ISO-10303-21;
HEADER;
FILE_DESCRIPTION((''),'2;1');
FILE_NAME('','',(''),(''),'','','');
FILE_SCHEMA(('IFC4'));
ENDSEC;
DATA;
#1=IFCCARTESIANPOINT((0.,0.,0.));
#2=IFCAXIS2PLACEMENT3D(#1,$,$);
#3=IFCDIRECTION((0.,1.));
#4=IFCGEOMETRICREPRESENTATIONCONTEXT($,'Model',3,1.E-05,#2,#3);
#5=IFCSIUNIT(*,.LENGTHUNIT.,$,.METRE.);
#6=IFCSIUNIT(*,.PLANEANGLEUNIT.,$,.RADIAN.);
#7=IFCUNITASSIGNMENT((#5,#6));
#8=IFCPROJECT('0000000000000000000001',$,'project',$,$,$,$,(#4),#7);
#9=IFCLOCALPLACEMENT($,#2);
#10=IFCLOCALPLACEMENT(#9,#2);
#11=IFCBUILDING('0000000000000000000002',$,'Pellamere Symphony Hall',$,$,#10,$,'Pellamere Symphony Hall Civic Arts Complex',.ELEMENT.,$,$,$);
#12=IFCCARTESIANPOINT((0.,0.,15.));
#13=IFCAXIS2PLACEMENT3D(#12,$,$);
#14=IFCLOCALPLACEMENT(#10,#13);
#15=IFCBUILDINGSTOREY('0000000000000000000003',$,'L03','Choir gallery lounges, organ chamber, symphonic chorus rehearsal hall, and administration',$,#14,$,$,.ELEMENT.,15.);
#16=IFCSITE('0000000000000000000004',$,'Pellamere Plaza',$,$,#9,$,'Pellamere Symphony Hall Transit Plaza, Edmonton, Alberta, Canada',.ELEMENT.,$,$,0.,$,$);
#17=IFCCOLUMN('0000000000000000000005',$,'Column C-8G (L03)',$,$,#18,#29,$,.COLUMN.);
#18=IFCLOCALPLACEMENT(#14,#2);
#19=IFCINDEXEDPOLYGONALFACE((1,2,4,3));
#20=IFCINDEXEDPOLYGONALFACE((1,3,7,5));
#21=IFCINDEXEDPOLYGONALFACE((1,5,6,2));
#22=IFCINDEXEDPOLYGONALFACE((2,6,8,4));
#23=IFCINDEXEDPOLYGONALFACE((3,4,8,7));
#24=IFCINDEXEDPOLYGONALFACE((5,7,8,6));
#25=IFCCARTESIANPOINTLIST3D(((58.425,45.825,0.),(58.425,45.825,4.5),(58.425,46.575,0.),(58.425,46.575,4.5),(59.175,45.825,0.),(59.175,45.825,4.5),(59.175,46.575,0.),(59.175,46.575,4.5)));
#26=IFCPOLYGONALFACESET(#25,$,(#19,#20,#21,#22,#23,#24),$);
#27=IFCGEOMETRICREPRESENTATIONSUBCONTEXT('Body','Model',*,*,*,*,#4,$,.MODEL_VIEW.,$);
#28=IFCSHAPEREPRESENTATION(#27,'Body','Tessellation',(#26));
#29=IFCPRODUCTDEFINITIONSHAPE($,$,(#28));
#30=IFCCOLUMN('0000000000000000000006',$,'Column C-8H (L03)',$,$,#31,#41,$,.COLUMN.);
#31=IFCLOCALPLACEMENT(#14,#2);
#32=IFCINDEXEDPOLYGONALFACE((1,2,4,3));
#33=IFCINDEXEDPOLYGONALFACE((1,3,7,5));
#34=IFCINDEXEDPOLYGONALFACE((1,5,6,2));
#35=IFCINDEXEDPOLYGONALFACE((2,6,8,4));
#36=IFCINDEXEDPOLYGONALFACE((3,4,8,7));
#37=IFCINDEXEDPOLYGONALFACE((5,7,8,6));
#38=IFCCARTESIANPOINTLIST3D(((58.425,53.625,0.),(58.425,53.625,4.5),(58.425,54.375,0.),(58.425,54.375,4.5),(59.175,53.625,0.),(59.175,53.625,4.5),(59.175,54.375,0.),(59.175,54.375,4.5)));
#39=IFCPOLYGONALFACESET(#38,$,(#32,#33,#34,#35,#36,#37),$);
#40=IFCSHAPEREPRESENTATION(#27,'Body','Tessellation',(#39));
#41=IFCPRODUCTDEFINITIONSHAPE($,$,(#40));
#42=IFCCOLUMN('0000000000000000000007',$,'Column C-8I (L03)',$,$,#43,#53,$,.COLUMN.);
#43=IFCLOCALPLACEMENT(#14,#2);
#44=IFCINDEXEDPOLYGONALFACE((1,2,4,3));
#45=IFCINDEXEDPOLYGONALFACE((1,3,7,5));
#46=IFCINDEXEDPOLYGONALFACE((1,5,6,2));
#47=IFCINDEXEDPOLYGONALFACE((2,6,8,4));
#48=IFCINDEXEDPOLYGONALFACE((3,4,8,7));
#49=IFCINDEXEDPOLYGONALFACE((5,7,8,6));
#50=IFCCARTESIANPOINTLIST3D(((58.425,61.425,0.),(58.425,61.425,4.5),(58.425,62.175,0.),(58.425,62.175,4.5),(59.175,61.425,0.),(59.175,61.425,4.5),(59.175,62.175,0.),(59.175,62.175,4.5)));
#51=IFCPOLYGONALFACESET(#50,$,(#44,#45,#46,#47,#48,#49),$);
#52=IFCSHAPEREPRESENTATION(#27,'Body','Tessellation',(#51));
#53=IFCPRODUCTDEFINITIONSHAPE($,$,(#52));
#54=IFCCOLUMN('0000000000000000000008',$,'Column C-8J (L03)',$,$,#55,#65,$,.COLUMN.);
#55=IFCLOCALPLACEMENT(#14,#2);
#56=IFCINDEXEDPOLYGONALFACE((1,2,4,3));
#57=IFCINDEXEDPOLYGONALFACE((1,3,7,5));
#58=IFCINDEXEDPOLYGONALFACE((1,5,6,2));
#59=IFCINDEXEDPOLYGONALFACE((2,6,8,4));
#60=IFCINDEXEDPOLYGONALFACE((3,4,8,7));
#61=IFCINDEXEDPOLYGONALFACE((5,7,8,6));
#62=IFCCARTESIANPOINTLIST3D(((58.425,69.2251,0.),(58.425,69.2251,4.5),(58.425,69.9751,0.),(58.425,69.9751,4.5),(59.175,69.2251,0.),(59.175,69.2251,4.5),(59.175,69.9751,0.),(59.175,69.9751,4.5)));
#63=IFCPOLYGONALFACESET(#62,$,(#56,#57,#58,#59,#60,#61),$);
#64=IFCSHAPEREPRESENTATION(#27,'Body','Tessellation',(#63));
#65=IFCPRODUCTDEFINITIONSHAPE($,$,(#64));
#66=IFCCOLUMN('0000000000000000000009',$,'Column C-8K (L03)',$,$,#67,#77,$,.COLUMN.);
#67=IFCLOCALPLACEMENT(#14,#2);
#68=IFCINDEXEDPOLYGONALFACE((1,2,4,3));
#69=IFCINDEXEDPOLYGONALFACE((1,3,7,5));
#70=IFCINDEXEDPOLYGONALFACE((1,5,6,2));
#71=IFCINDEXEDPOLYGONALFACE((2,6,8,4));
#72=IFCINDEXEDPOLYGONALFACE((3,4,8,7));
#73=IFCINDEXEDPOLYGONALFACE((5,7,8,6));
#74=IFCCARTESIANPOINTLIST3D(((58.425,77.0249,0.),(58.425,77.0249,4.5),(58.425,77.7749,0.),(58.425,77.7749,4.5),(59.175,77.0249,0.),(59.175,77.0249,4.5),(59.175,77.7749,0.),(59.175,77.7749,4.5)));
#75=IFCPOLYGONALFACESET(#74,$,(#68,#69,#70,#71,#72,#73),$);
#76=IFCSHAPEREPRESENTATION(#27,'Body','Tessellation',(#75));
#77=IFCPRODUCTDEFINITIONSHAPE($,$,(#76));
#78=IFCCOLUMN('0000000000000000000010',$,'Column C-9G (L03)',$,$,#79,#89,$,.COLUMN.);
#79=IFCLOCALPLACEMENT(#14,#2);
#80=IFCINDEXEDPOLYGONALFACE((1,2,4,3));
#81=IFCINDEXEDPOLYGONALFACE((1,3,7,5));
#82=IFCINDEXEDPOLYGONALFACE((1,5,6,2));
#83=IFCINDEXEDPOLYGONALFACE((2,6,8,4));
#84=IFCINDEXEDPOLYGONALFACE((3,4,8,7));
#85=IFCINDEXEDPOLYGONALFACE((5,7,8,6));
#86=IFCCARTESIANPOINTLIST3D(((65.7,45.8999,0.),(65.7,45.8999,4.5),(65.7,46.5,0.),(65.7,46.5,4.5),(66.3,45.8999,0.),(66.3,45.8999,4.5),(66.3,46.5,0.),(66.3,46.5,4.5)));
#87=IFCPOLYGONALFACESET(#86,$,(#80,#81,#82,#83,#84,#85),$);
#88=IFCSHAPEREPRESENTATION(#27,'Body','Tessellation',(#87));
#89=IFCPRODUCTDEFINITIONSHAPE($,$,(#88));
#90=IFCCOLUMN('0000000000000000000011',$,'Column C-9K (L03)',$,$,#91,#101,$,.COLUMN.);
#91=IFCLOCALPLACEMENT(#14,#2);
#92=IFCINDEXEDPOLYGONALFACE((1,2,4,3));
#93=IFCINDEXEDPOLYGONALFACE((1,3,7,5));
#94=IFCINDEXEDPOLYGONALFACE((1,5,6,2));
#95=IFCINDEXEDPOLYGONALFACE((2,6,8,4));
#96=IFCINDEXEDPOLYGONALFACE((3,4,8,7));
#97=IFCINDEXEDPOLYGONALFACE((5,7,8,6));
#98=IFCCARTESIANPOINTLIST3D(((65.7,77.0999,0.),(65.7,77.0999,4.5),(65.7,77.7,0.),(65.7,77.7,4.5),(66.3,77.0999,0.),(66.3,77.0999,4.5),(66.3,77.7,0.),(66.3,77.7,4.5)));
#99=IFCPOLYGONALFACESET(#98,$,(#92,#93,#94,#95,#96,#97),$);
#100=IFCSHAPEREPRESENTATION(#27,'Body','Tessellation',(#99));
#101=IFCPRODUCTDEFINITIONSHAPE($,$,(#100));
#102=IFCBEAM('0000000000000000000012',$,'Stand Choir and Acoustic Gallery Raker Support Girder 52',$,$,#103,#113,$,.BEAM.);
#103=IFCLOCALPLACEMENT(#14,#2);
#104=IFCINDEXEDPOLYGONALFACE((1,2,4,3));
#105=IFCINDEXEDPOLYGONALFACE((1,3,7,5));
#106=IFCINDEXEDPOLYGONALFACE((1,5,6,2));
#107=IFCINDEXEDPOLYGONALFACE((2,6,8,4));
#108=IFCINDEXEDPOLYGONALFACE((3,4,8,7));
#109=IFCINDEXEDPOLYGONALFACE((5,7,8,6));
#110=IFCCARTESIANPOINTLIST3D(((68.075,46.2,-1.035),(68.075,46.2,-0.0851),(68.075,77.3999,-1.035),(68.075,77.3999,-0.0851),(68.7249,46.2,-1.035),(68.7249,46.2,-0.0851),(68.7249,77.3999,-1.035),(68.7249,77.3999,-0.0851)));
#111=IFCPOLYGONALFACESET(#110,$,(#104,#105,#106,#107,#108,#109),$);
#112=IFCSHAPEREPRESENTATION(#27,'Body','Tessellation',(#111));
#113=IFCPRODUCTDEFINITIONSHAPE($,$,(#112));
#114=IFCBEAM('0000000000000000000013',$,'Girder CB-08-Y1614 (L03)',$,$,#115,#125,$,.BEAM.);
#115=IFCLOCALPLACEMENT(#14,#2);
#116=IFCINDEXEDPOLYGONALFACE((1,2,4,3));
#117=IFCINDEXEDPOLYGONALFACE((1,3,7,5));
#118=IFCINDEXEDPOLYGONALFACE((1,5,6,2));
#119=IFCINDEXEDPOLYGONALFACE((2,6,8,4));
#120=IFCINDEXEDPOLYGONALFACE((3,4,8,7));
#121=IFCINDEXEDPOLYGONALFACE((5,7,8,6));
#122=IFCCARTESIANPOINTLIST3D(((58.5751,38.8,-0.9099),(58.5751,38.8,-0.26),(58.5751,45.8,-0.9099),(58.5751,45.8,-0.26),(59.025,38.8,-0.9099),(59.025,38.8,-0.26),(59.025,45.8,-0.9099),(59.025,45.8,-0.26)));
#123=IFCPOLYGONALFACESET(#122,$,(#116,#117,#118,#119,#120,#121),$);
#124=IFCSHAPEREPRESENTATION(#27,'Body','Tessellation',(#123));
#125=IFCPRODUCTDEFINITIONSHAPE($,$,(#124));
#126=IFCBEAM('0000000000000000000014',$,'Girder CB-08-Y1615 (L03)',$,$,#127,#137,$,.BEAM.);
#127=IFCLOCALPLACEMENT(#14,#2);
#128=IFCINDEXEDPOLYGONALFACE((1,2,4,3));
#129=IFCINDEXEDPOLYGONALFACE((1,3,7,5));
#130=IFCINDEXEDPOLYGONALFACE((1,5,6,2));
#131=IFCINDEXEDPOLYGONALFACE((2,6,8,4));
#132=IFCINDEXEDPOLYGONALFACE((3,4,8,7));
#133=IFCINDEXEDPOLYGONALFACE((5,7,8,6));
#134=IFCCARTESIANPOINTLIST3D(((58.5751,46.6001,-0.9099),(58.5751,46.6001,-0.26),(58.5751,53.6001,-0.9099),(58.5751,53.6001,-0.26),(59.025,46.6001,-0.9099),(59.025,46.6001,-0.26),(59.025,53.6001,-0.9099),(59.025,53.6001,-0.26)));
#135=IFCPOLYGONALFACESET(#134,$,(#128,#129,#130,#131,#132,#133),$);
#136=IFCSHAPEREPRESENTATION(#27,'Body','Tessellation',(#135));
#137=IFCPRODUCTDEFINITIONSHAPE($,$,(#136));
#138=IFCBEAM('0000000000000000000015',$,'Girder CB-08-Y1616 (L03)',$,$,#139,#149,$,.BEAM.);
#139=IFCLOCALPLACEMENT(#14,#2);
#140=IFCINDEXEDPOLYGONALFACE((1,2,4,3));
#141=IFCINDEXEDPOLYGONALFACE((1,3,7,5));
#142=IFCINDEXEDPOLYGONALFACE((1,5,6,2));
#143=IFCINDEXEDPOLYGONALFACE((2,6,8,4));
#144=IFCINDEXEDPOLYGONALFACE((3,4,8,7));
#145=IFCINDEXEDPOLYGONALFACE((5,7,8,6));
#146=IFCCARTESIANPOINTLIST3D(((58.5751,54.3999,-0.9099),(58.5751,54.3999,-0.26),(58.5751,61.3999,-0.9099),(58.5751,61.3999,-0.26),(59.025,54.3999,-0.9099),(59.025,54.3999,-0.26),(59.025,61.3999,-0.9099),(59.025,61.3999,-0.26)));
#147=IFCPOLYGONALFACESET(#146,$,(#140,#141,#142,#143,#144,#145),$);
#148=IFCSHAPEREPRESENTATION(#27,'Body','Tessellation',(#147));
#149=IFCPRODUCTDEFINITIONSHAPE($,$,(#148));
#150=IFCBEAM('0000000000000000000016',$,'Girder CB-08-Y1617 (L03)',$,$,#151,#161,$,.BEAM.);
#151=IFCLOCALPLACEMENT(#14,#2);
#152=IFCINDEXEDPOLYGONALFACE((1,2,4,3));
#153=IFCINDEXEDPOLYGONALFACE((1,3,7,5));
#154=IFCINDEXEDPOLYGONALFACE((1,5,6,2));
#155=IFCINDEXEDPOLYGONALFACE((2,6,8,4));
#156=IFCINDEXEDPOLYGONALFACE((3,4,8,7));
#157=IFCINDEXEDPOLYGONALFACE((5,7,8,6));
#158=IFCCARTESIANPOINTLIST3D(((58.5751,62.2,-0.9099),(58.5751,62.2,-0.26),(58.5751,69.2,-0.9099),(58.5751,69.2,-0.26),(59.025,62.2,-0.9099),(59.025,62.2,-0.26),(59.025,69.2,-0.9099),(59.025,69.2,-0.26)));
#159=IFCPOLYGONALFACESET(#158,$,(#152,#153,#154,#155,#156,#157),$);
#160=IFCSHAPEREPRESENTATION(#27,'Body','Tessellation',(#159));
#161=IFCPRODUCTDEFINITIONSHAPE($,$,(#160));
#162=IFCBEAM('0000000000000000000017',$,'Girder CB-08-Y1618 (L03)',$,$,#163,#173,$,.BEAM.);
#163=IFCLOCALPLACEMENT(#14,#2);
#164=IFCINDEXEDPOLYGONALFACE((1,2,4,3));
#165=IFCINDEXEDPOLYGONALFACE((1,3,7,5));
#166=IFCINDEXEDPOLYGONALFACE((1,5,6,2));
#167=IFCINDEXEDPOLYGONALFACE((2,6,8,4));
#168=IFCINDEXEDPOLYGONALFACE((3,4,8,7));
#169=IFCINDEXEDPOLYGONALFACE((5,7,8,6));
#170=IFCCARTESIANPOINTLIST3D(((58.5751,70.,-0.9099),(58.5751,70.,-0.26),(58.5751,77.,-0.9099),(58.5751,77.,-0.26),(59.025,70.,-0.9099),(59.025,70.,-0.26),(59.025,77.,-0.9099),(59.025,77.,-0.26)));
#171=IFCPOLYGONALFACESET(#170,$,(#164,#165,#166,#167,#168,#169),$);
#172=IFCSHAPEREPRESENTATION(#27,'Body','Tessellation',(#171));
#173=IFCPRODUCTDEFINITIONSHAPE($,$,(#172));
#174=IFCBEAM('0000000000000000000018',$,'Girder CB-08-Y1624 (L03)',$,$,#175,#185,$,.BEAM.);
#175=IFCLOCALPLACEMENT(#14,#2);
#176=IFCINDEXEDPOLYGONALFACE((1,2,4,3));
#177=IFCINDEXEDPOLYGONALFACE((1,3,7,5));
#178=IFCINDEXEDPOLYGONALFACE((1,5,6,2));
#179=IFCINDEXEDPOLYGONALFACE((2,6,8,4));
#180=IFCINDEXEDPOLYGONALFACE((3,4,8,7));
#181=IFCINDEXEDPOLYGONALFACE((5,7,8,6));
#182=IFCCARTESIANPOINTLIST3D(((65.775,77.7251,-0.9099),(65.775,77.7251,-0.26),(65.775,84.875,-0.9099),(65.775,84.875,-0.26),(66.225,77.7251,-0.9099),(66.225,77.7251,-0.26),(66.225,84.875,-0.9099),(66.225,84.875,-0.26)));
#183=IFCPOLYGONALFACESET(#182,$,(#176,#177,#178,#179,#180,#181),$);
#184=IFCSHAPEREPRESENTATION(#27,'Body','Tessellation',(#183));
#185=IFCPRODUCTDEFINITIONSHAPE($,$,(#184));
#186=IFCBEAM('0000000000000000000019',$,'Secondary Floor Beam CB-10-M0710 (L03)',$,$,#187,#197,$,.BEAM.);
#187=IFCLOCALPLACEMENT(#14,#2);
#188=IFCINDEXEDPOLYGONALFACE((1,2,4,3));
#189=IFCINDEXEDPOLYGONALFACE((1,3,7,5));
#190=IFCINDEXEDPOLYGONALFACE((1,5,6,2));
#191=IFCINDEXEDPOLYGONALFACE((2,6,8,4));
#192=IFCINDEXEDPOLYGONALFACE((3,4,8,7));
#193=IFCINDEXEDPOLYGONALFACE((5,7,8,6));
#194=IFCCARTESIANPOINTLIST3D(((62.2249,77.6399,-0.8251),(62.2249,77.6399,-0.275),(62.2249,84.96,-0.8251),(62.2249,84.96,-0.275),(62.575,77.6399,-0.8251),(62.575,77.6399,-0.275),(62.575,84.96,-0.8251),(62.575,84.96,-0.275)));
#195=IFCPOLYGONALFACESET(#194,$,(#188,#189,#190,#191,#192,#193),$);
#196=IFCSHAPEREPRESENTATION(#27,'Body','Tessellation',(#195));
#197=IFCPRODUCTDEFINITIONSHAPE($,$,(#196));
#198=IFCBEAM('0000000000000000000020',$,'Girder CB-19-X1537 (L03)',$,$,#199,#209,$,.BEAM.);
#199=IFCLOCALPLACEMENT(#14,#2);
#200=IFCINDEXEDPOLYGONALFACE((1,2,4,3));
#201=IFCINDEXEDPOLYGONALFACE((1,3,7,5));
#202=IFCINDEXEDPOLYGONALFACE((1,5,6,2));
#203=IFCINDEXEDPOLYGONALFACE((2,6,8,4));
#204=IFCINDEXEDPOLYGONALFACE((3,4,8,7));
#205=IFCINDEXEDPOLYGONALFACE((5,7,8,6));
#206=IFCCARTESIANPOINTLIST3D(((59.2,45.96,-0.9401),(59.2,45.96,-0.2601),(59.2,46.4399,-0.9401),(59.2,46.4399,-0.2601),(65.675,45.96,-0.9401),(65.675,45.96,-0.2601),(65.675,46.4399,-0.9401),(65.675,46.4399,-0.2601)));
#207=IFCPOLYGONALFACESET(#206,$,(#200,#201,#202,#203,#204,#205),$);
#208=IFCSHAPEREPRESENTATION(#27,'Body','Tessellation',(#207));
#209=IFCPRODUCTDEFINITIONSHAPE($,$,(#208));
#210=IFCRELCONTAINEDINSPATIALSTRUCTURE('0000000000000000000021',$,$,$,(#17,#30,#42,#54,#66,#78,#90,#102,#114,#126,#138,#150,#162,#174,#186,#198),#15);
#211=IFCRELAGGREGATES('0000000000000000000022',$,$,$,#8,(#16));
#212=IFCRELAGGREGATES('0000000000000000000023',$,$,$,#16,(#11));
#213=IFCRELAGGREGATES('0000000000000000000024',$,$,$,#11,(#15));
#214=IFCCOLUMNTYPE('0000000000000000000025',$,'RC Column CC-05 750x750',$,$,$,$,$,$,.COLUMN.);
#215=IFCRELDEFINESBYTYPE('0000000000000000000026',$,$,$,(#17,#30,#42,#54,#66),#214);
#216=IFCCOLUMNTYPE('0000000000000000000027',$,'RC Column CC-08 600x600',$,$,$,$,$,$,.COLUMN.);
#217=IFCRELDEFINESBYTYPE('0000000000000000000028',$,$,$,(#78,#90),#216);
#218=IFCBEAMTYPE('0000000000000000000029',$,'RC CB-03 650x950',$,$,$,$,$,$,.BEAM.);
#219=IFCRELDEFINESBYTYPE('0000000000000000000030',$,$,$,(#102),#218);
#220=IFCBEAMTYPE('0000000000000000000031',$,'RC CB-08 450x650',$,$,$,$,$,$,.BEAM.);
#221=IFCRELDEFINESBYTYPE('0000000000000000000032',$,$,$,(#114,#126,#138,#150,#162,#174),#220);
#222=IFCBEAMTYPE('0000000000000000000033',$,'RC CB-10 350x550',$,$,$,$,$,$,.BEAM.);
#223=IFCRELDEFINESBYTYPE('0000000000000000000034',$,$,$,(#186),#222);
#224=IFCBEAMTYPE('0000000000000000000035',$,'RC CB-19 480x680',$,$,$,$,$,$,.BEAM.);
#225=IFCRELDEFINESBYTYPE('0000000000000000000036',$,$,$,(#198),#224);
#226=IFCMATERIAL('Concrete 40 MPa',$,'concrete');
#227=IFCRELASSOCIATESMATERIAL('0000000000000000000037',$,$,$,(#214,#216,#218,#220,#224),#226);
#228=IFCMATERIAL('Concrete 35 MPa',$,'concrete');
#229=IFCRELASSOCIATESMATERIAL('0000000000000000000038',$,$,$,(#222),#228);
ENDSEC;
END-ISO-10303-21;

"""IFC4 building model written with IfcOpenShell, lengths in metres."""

from ifc_helpers import new_model, si_unit, direction, frame, origin, origin_2d, place, context, subcontext, project, spatial, rectangle, extrude, material, material_profile, profile_set, type_object, element, save


model = new_model("IFC4")

# Units and contexts
model_context = context("Model", 3, precision=1e-05, world=origin(), true_north=direction((0.0, 1.0)))
body_context = subcontext(model_context, "Body", "Model", "MODEL_VIEW")
ifc_project = project(units=[si_unit("LENGTHUNIT", "METRE"), si_unit("PLANEANGLEUNIT", "RADIAN")], contexts=[model_context])

# Site, building, storey
site_placement = place(None, origin())
site = spatial("IfcSite", under=ifc_project, at=site_placement, Name="Pellamere Plaza", LongName="Pellamere Symphony Hall Transit Plaza, Edmonton, Alberta, Canada", CompositionType="ELEMENT", RefElevation=0.0)
building_placement = place(site_placement, origin())
building = spatial("IfcBuilding", under=site, at=building_placement, Name="Pellamere Symphony Hall", LongName="Pellamere Symphony Hall Civic Arts Complex", CompositionType="ELEMENT")
storey_placement = place(building_placement, frame((0.0, 0.0, 15.0)))
storey = spatial("IfcBuildingStorey", under=building, at=storey_placement, Name="L03", Description="Choir gallery lounges, organ chamber, symphonic chorus rehearsal hall, and administration", CompositionType="ELEMENT", Elevation=15.0)

# Columns
ifc_material_1 = material(Name="Concrete 40 MPa", Category="concrete")
ifc_material_profile_1 = material_profile(ifc_material_1, rectangle(XDim=0.75, YDim=0.75, at=origin_2d()), Name="RC 750x750")
ifc_profile_set_1 = profile_set([ifc_material_profile_1], Name="Concrete 40 MPa")
column_type_1 = type_object("IfcColumnType", Name="RC Column CC-05 750x750", PredefinedType="COLUMN", material=ifc_profile_set_1)
for number, where, z_axis, x_axis, name in (
    (1, (58.8, 46.2, 0.0), (0.0, 0.0, 1.0), (1.0, 0.0, 0.0), "Column C-8G (L03)"),
    (2, (58.8, 54.0, 0.0), (0.0, 0.0, 1.0), (1.0, 0.0, 0.0), "Column C-8H (L03)"),
    (3, (58.8, 61.8, 0.0), (0.0, 0.0, 1.0), (1.0, 0.0, 0.0), "Column C-8I (L03)"),
    (4, (58.8, 69.6001, 0.0), (0.0, 0.0, 1.0), (1.0, 0.0, 0.0), "Column C-8J (L03)"),
    (5, (58.8, 77.3999, 0.0), (0.0, 0.0, 1.0), (1.0, 0.0, 0.0), "Column C-8K (L03)"),
):
    element("IfcColumn", number, at=place(storey_placement, frame(where, z_axis=z_axis, x_axis=x_axis)), inside=storey, type_object=column_type_1, Name=name, PredefinedType="COLUMN", context=body_context, shape_type="SweptSolid", body=[
        extrude(rectangle(XDim=0.75, YDim=0.75, at=origin_2d()), origin(), (0.0, 0.0, 1.0), 4.5),
    ])
ifc_material_profile_2 = material_profile(ifc_material_1, rectangle(XDim=0.6001, YDim=0.6001, at=origin_2d()), Name="RC 600x600")
ifc_profile_set_2 = profile_set([ifc_material_profile_2], Name="Concrete 40 MPa")
column_type_2 = type_object("IfcColumnType", Name="RC Column CC-08 600x600", PredefinedType="COLUMN", material=ifc_profile_set_2)
for number, where, z_axis, x_axis, name in (
    (6, (66.0, 46.2, 0.0), (0.0, 0.0, 1.0), (1.0, 0.0, 0.0), "Column C-9G (L03)"),
    (7, (66.0, 77.3999, 0.0), (0.0, 0.0, 1.0), (1.0, 0.0, 0.0), "Column C-9K (L03)"),
):
    element("IfcColumn", number, at=place(storey_placement, frame(where, z_axis=z_axis, x_axis=x_axis)), inside=storey, type_object=column_type_2, Name=name, PredefinedType="COLUMN", context=body_context, shape_type="SweptSolid", body=[
        extrude(rectangle(XDim=0.6001, YDim=0.6001, at=origin_2d()), origin(), (0.0, 0.0, 1.0), 4.5),
    ])

# Beams
ifc_material_profile_3 = material_profile(ifc_material_1, rectangle(XDim=0.6499, YDim=0.95, at=origin_2d()), Name="RC 650x950")
ifc_profile_set_3 = profile_set([ifc_material_profile_3], Name="Concrete 40 MPa")
beam_type_1 = type_object("IfcBeamType", Name="RC CB-03 650x950", PredefinedType="BEAM", material=ifc_profile_set_3)
beam_1_placement = place(storey_placement, frame((68.3999, 46.2, -0.5601), z_axis=(0.0, 1.0, 0.0), x_axis=(-1.0, 0.0, 0.0)))
element("IfcBeam", 8, at=beam_1_placement, inside=storey, type_object=beam_type_1, Name="Stand Choir and Acoustic Gallery Raker Support Girder 52", PredefinedType="BEAM", context=body_context, shape_type="SweptSolid", body=[
    extrude(rectangle(XDim=0.6499, YDim=0.95, at=origin_2d()), origin(), (0.0, 0.0, 1.0), 31.2),
])
ifc_material_profile_4 = material_profile(ifc_material_1, rectangle(XDim=0.45, YDim=0.6499, at=origin_2d()), Name="RC 450x650")
ifc_profile_set_4 = profile_set([ifc_material_profile_4], Name="Concrete 40 MPa")
beam_type_2 = type_object("IfcBeamType", Name="RC CB-08 450x650", PredefinedType="BEAM", material=ifc_profile_set_4)
for number, where, z_axis, x_axis, name in (
    (9, (58.8, 38.8, -0.585), (0.0, 1.0, 0.0), (-1.0, 0.0, 0.0), "Girder CB-08-Y1614 (L03)"),
    (10, (58.8, 46.6001, -0.585), (0.0, 1.0, 0.0), (-1.0, 0.0, 0.0), "Girder CB-08-Y1615 (L03)"),
    (11, (58.8, 54.3999, -0.585), (0.0, 1.0, 0.0), (-1.0, 0.0, 0.0), "Girder CB-08-Y1616 (L03)"),
    (12, (58.8, 62.2, -0.585), (0.0, 1.0, 0.0), (-1.0, 0.0, 0.0), "Girder CB-08-Y1617 (L03)"),
    (13, (58.8, 70.0, -0.585), (0.0, 1.0, 0.0), (-1.0, 0.0, 0.0), "Girder CB-08-Y1618 (L03)"),
):
    element("IfcBeam", number, at=place(storey_placement, frame(where, z_axis=z_axis, x_axis=x_axis)), inside=storey, type_object=beam_type_2, Name=name, PredefinedType="BEAM", context=body_context, shape_type="SweptSolid", body=[
        extrude(rectangle(XDim=0.45, YDim=0.6499, at=origin_2d()), origin(), (0.0, 0.0, 1.0), 7.0),
    ])
beam_2_placement = place(storey_placement, frame((66.0, 77.7251, -0.585), z_axis=(0.0, 1.0, 0.0), x_axis=(-1.0, 0.0, 0.0)))
element("IfcBeam", 14, at=beam_2_placement, inside=storey, type_object=beam_type_2, Name="Girder CB-08-Y1624 (L03)", PredefinedType="BEAM", context=body_context, shape_type="SweptSolid", body=[
    extrude(rectangle(XDim=0.45, YDim=0.6499, at=origin_2d()), origin(), (0.0, 0.0, 1.0), 7.1499),
])
ifc_material_2 = material(Name="Concrete 35 MPa", Category="concrete")
ifc_material_profile_5 = material_profile(ifc_material_2, rectangle(XDim=0.3501, YDim=0.55, at=origin_2d()), Name="RC 350x550")
ifc_profile_set_5 = profile_set([ifc_material_profile_5], Name="Concrete 35 MPa")
beam_type_3 = type_object("IfcBeamType", Name="RC CB-10 350x550", PredefinedType="BEAM", material=ifc_profile_set_5)
beam_3_placement = place(storey_placement, frame((62.3999, 77.6399, -0.55), z_axis=(0.0, 1.0, 0.0), x_axis=(-1.0, 0.0, 0.0)))
element("IfcBeam", 15, at=beam_3_placement, inside=storey, type_object=beam_type_3, Name="Secondary Floor Beam CB-10-M0710 (L03)", PredefinedType="BEAM", context=body_context, shape_type="SweptSolid", body=[
    extrude(rectangle(XDim=0.3501, YDim=0.55, at=origin_2d()), origin(), (0.0, 0.0, 1.0), 7.3201),
])
ifc_material_profile_6 = material_profile(ifc_material_1, rectangle(XDim=0.48, YDim=0.6799, at=origin_2d()), Name="RC 480x680")
ifc_profile_set_6 = profile_set([ifc_material_profile_6], Name="Concrete 40 MPa")
beam_type_4 = type_object("IfcBeamType", Name="RC CB-19 480x680", PredefinedType="BEAM", material=ifc_profile_set_6)
beam_4_placement = place(storey_placement, frame((59.2, 46.2, -0.6001), z_axis=(1.0, 0.0, 0.0), x_axis=(0.0, 1.0, 0.0)))
element("IfcBeam", 16, at=beam_4_placement, inside=storey, type_object=beam_type_4, Name="Girder CB-19-X1537 (L03)", PredefinedType="BEAM", context=body_context, shape_type="SweptSolid", body=[
    extrude(rectangle(XDim=0.48, YDim=0.6799, at=origin_2d()), origin(), (0.0, 0.0, 1.0), 6.4751),
])

save(model, "model.ifc")
